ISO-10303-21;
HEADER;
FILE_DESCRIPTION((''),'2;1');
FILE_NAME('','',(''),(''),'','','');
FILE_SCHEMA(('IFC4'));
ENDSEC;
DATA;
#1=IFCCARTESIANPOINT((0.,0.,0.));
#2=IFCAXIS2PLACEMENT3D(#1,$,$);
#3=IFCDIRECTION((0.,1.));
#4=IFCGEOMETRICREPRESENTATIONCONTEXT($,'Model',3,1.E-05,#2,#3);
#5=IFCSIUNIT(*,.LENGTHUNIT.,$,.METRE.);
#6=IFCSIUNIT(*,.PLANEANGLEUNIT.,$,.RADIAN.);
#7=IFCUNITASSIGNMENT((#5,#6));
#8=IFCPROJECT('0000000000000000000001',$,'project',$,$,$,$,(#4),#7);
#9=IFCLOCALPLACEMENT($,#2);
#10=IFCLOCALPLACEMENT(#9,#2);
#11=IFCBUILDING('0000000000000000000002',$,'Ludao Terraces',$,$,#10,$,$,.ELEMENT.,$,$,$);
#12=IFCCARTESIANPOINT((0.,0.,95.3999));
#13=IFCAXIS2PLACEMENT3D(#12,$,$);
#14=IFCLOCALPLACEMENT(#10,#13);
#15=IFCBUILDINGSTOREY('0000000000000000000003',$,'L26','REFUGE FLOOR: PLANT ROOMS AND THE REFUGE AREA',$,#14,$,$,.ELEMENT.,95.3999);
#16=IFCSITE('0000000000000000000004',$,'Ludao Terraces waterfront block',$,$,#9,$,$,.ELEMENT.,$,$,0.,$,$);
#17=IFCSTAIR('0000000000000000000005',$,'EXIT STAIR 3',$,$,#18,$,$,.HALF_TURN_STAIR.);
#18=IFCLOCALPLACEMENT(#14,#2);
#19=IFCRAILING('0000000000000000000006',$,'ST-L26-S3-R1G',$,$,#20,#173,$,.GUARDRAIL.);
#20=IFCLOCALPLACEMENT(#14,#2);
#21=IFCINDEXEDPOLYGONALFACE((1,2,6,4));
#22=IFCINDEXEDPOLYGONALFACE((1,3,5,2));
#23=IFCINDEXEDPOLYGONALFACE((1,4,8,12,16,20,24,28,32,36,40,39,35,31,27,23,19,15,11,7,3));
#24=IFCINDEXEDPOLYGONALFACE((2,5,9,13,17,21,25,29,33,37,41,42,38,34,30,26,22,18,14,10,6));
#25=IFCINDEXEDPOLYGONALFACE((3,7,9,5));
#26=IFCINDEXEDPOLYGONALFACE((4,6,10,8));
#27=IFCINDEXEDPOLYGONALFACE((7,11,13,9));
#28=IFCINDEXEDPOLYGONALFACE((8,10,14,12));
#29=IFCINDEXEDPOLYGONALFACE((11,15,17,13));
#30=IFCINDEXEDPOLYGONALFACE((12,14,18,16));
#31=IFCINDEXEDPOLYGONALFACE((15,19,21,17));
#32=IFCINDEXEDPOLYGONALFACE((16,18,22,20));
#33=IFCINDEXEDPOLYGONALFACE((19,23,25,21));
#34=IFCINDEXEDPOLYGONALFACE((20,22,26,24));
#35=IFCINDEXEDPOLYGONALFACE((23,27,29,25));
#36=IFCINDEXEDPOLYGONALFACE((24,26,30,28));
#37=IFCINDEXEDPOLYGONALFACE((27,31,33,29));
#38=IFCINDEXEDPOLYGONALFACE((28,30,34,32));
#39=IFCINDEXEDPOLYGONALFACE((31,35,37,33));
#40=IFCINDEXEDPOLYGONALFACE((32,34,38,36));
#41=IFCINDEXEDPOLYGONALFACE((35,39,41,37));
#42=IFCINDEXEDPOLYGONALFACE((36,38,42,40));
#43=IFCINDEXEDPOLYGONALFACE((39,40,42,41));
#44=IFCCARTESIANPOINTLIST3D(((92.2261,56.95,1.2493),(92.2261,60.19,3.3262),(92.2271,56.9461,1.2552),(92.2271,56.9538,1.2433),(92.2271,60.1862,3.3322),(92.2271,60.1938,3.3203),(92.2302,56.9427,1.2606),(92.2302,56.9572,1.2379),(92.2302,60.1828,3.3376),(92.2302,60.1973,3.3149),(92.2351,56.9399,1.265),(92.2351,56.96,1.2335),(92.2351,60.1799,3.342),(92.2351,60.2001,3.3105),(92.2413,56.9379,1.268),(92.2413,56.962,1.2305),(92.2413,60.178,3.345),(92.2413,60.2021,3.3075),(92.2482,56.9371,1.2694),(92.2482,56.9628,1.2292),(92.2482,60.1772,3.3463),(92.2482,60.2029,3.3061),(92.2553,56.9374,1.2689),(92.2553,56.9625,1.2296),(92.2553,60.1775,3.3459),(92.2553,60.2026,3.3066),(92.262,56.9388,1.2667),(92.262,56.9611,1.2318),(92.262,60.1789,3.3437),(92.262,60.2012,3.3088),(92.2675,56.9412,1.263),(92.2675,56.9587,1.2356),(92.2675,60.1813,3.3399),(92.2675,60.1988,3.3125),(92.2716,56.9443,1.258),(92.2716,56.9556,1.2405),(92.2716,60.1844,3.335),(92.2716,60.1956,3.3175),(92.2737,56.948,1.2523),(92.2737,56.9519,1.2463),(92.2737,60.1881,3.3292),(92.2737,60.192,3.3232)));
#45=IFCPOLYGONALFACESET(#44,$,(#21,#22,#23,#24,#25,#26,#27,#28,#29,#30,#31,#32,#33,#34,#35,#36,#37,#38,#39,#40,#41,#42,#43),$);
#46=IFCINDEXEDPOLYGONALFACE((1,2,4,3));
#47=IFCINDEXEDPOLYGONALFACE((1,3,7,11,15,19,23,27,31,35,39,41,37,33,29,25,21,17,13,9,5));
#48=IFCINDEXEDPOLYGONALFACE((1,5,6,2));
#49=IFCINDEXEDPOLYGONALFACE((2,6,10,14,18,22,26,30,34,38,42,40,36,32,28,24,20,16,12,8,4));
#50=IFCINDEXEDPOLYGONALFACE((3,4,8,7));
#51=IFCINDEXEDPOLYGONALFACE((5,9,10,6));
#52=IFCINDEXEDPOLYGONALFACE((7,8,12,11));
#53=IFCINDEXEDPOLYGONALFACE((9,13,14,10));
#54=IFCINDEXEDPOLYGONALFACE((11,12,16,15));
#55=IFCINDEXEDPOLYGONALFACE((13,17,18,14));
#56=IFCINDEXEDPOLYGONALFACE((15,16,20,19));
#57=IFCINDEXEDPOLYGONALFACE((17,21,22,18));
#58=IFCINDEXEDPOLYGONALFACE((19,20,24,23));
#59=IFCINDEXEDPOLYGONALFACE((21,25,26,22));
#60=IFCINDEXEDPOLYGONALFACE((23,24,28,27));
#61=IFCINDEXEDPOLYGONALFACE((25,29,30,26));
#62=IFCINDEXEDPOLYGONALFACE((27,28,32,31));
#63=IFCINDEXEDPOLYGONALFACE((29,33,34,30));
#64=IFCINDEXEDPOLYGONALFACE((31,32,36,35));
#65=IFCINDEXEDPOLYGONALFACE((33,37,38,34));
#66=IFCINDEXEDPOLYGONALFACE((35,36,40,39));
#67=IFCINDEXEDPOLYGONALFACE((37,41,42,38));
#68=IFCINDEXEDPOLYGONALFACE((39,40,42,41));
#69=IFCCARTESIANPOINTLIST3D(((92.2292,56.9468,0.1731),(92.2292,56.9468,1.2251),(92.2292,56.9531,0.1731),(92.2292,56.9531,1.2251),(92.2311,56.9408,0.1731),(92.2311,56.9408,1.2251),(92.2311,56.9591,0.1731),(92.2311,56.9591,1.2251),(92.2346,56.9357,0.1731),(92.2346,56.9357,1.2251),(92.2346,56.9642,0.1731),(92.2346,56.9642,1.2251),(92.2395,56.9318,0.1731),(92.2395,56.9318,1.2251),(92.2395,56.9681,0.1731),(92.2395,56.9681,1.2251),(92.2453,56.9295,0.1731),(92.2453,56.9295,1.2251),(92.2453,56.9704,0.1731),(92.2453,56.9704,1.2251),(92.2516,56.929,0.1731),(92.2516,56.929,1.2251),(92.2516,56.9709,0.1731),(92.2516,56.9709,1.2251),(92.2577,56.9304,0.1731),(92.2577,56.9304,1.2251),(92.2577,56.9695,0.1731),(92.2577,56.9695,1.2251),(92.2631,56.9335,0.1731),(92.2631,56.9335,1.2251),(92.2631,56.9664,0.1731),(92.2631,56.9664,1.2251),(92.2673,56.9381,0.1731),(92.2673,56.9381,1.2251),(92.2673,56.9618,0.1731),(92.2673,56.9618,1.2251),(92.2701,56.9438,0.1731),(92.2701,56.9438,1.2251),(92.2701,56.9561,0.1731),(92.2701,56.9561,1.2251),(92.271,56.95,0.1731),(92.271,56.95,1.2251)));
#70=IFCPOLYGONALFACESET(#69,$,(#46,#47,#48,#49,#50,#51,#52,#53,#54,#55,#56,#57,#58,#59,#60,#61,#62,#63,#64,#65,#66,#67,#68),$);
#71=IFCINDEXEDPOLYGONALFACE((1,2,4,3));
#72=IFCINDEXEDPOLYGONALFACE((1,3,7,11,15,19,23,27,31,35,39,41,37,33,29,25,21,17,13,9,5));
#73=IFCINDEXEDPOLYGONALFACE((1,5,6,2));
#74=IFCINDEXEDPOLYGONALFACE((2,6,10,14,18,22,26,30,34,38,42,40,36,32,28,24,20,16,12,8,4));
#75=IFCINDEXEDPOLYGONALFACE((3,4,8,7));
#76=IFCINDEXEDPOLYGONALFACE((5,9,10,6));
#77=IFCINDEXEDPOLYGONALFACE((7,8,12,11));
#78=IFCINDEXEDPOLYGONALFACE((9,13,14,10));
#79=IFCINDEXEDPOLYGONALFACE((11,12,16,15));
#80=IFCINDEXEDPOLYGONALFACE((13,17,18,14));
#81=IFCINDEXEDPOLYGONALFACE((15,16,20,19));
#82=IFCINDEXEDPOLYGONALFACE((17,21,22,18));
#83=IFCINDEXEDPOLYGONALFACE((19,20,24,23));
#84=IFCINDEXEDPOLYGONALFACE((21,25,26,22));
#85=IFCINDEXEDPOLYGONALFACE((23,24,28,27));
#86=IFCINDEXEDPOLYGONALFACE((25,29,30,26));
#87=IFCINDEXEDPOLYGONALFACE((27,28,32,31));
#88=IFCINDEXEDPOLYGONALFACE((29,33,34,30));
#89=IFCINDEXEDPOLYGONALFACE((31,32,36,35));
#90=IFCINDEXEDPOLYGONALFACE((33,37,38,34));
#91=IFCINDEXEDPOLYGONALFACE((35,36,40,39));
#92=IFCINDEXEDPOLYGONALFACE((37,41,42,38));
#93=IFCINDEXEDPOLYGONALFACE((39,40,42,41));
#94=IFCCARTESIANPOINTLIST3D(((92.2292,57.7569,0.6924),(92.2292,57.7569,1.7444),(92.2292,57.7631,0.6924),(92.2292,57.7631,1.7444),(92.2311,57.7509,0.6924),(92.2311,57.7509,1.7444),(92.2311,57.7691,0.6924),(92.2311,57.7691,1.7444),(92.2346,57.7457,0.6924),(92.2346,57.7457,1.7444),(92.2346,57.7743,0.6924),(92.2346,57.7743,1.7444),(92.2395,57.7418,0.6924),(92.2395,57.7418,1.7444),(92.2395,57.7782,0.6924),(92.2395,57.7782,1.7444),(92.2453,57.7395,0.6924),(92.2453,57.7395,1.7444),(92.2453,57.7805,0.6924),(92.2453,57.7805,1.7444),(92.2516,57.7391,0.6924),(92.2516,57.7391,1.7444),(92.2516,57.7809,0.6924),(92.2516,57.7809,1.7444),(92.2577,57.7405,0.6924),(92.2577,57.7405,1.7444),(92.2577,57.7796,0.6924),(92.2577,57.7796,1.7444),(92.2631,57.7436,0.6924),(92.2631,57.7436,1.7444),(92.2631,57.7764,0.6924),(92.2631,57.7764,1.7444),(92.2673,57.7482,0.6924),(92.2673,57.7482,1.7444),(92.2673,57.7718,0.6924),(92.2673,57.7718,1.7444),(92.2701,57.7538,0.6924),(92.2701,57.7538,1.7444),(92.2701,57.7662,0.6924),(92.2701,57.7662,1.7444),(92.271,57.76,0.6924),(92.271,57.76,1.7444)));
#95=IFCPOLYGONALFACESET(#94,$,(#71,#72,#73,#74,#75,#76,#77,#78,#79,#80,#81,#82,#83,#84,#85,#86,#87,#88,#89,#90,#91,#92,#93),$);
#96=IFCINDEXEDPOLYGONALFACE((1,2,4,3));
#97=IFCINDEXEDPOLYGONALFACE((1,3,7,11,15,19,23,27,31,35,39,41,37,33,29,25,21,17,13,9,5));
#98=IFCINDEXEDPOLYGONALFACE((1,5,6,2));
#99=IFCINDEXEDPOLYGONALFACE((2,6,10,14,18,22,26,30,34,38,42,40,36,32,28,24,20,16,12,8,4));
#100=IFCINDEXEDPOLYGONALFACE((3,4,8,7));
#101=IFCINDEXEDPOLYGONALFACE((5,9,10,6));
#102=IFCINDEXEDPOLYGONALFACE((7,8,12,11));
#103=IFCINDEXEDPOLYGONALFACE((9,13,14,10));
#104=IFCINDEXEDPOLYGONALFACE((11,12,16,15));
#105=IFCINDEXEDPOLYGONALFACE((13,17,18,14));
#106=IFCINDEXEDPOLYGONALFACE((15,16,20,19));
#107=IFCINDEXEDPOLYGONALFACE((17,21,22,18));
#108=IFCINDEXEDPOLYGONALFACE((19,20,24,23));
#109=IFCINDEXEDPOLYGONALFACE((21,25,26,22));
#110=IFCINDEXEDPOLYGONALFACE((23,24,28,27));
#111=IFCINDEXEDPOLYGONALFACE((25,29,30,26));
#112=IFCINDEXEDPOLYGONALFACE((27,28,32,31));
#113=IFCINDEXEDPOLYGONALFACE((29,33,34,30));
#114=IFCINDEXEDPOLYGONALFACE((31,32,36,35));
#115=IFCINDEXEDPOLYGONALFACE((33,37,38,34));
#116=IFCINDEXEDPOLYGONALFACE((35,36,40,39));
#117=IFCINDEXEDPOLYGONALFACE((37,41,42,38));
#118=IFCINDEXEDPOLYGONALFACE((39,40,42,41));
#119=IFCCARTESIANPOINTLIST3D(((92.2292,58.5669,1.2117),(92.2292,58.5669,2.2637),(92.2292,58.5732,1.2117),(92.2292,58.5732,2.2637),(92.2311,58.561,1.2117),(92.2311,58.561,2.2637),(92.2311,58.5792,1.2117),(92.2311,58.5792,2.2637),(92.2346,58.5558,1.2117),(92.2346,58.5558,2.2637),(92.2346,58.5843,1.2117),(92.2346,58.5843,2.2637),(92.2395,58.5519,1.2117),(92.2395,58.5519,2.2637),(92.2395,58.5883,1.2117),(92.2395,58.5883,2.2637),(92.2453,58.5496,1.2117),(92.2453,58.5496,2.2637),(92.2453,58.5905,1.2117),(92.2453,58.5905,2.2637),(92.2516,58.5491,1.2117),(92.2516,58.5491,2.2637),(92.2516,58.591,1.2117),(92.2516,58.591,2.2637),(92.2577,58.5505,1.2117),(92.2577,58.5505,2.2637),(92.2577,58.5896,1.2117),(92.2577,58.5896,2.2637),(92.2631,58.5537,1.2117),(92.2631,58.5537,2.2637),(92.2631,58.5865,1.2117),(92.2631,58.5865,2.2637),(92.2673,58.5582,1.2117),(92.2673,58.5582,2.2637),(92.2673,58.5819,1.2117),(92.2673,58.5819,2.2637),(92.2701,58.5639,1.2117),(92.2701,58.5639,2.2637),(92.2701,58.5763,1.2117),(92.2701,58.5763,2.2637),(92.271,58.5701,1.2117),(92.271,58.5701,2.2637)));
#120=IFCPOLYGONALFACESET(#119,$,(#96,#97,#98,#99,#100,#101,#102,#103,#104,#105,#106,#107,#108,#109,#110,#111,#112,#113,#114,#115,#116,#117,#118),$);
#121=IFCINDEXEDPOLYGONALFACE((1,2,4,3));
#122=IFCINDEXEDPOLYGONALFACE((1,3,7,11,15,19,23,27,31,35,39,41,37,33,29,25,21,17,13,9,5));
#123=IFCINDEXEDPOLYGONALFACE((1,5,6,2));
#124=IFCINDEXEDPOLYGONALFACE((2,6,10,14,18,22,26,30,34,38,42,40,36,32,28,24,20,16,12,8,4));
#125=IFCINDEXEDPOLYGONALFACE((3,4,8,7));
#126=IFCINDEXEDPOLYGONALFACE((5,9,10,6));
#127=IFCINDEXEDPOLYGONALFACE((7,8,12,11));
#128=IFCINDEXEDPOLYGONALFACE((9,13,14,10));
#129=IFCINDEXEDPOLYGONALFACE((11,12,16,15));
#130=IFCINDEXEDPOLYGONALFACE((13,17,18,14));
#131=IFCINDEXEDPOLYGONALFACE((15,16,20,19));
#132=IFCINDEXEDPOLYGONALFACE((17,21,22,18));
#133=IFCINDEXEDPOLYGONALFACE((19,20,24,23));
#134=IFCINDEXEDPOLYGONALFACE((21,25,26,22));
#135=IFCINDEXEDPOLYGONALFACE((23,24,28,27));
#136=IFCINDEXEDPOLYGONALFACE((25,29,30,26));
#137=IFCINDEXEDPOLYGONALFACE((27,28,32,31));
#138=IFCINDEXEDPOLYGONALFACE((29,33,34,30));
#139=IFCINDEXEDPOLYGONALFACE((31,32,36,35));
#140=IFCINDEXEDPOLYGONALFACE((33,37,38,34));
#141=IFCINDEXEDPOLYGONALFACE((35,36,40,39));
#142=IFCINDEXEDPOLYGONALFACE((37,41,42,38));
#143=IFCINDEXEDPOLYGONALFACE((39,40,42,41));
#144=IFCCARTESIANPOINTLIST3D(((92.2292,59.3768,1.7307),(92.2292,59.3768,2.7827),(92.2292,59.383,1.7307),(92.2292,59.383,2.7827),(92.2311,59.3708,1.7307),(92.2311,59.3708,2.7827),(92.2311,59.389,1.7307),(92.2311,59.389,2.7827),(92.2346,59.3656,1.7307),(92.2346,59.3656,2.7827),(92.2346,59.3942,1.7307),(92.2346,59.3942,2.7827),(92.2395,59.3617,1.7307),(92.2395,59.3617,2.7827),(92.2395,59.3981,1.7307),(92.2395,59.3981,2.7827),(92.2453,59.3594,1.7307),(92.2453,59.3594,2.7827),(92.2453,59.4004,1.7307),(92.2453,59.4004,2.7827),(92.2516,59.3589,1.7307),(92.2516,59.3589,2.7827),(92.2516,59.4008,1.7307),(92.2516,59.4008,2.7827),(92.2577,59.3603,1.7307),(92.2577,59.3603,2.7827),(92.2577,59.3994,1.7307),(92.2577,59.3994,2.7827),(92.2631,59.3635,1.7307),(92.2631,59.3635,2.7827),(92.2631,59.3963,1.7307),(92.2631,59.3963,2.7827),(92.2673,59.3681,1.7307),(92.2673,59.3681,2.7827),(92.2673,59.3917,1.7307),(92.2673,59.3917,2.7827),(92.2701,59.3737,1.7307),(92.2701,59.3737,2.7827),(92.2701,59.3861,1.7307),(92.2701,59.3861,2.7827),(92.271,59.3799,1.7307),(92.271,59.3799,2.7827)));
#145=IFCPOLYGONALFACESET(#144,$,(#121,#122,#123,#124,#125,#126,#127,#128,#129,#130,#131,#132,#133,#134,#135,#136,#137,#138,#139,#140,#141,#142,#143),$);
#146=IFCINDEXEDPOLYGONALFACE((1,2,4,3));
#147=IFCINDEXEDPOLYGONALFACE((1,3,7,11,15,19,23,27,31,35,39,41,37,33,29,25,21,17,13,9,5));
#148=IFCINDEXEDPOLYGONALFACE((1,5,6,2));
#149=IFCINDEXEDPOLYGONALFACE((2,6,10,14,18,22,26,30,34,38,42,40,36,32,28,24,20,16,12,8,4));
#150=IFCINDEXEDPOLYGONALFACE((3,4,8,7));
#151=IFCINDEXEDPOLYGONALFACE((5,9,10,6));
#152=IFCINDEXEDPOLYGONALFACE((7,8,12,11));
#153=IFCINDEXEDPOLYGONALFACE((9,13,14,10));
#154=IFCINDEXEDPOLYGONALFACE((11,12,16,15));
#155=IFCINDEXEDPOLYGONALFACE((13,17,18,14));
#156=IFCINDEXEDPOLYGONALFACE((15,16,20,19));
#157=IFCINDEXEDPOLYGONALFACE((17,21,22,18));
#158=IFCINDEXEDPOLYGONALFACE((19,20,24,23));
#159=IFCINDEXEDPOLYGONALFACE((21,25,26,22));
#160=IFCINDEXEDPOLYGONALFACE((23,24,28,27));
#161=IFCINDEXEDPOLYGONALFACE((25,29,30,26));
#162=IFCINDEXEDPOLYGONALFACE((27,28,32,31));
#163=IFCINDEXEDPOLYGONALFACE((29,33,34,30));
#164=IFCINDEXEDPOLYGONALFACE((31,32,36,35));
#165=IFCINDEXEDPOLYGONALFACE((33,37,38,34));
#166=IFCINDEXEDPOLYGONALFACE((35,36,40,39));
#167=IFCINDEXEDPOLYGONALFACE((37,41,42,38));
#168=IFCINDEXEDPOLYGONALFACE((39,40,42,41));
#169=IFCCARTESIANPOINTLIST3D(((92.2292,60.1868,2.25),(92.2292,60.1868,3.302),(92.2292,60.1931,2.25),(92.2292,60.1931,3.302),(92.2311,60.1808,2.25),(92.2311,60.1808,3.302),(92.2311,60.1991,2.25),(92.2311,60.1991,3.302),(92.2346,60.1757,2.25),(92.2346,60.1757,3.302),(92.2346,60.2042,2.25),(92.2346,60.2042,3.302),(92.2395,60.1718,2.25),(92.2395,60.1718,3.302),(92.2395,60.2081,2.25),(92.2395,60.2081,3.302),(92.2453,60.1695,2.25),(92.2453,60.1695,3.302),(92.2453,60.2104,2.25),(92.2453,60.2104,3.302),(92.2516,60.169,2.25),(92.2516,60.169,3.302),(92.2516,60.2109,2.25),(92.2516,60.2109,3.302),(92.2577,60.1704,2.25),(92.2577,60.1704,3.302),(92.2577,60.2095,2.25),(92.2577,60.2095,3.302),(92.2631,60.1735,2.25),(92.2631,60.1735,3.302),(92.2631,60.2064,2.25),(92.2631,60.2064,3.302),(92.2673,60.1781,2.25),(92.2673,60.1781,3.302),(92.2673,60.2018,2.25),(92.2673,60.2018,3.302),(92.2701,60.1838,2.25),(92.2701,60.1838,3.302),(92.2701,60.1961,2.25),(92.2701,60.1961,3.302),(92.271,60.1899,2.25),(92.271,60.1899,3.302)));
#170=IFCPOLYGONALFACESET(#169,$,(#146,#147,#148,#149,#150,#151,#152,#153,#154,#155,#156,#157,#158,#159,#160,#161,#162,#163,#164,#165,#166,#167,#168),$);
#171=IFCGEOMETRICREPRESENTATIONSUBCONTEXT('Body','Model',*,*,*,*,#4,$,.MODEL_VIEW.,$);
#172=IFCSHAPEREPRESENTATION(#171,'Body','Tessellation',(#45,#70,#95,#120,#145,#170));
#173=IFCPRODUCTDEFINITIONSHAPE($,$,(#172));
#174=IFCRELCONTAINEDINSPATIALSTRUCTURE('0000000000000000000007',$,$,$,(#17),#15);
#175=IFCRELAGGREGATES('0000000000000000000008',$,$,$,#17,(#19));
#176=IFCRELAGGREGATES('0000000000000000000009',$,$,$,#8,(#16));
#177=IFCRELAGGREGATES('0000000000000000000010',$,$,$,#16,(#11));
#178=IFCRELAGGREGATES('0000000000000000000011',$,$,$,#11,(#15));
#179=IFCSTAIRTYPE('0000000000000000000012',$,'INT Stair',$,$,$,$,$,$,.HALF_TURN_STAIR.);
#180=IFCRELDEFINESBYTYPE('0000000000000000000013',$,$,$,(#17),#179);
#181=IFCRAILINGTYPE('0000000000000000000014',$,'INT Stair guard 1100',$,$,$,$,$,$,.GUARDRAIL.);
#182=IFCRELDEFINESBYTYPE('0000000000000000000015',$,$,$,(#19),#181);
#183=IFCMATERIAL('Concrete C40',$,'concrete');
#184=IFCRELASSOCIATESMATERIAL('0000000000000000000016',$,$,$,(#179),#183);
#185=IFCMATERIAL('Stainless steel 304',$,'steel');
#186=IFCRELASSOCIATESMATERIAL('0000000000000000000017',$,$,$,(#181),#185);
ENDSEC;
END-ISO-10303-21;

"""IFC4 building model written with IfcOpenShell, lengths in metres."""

from ifc_helpers import new_model, si_unit, direction, frame, origin, origin_2d, place, context, subcontext, project, spatial, circle, extrude, material, type_object, element, aggregate, save


model = new_model("IFC4")

# Units and contexts
model_context = context("Model", 3, precision=1e-05, world=origin(), true_north=direction((0.0, 1.0)))
body_context = subcontext(model_context, "Body", "Model", "MODEL_VIEW")
ifc_project = project(units=[si_unit("LENGTHUNIT", "METRE"), si_unit("PLANEANGLEUNIT", "RADIAN")], contexts=[model_context])

# Site, building, storey
site_placement = place(None, origin())
site = spatial("IfcSite", under=ifc_project, at=site_placement, Name="Ludao Terraces waterfront block", CompositionType="ELEMENT", RefElevation=0.0)
building_placement = place(site_placement, origin())
building = spatial("IfcBuilding", under=site, at=building_placement, Name="Ludao Terraces", CompositionType="ELEMENT")
storey_placement = place(building_placement, frame((0.0, 0.0, 95.3999)))
storey = spatial("IfcBuildingStorey", under=building, at=storey_placement, Name="L26", Description="REFUGE FLOOR: PLANT ROOMS AND THE REFUGE AREA", CompositionType="ELEMENT", Elevation=95.3999)

# Stair, railing
ifc_material_1 = material(Name="Concrete C40", Category="concrete")
stair_type = type_object("IfcStairType", Name="INT Stair", PredefinedType="HALF_TURN_STAIR", material=ifc_material_1)
stair_placement = place(storey_placement, origin())
stair = element("IfcStair", 1, at=stair_placement, inside=storey, type_object=stair_type, Name="EXIT STAIR 3", PredefinedType="HALF_TURN_STAIR")
ifc_material_2 = material(Name="Stainless steel 304", Category="steel")
railing_type_1 = type_object("IfcRailingType", Name="INT Stair guard 1100", PredefinedType="GUARDRAIL", material=ifc_material_2)
railing_1_placement = place(storey_placement, frame((92.25, 56.95, 0.1731)))
railing_1 = element("IfcRailing", 2, at=railing_1_placement, type_object=railing_type_1, Name="ST-L26-S3-R1G", PredefinedType="GUARDRAIL", context=body_context, shape_type="SweptSolid", body=[
    extrude(circle(Radius=0.0239, at=origin_2d()), frame((0.0, 0.0, 1.0762), z_axis=(0.0, 0.841881, 0.539664), x_axis=(-1.0, 0.0, 0.0)), (0.0, 0.0, 1.0), 3.8486),
    extrude(circle(Radius=0.021, at=origin_2d()), origin(), (0.0, 0.0, 1.0), 1.052),
    extrude(circle(Radius=0.021, at=origin_2d()), frame((0.0, 0.8101, 0.5193)), (0.0, 0.0, 1.0), 1.052),
    extrude(circle(Radius=0.021, at=origin_2d()), frame((0.0, 1.6201, 1.0386)), (0.0, 0.0, 1.0), 1.052),
    extrude(circle(Radius=0.021, at=origin_2d()), frame((0.0, 2.4299, 1.5576)), (0.0, 0.0, 1.0), 1.052),
    extrude(circle(Radius=0.021, at=origin_2d()), frame((0.0, 3.24, 2.0769)), (0.0, 0.0, 1.0), 1.052),
])
aggregate(stair, [railing_1])

save(model, "model.ifc")
